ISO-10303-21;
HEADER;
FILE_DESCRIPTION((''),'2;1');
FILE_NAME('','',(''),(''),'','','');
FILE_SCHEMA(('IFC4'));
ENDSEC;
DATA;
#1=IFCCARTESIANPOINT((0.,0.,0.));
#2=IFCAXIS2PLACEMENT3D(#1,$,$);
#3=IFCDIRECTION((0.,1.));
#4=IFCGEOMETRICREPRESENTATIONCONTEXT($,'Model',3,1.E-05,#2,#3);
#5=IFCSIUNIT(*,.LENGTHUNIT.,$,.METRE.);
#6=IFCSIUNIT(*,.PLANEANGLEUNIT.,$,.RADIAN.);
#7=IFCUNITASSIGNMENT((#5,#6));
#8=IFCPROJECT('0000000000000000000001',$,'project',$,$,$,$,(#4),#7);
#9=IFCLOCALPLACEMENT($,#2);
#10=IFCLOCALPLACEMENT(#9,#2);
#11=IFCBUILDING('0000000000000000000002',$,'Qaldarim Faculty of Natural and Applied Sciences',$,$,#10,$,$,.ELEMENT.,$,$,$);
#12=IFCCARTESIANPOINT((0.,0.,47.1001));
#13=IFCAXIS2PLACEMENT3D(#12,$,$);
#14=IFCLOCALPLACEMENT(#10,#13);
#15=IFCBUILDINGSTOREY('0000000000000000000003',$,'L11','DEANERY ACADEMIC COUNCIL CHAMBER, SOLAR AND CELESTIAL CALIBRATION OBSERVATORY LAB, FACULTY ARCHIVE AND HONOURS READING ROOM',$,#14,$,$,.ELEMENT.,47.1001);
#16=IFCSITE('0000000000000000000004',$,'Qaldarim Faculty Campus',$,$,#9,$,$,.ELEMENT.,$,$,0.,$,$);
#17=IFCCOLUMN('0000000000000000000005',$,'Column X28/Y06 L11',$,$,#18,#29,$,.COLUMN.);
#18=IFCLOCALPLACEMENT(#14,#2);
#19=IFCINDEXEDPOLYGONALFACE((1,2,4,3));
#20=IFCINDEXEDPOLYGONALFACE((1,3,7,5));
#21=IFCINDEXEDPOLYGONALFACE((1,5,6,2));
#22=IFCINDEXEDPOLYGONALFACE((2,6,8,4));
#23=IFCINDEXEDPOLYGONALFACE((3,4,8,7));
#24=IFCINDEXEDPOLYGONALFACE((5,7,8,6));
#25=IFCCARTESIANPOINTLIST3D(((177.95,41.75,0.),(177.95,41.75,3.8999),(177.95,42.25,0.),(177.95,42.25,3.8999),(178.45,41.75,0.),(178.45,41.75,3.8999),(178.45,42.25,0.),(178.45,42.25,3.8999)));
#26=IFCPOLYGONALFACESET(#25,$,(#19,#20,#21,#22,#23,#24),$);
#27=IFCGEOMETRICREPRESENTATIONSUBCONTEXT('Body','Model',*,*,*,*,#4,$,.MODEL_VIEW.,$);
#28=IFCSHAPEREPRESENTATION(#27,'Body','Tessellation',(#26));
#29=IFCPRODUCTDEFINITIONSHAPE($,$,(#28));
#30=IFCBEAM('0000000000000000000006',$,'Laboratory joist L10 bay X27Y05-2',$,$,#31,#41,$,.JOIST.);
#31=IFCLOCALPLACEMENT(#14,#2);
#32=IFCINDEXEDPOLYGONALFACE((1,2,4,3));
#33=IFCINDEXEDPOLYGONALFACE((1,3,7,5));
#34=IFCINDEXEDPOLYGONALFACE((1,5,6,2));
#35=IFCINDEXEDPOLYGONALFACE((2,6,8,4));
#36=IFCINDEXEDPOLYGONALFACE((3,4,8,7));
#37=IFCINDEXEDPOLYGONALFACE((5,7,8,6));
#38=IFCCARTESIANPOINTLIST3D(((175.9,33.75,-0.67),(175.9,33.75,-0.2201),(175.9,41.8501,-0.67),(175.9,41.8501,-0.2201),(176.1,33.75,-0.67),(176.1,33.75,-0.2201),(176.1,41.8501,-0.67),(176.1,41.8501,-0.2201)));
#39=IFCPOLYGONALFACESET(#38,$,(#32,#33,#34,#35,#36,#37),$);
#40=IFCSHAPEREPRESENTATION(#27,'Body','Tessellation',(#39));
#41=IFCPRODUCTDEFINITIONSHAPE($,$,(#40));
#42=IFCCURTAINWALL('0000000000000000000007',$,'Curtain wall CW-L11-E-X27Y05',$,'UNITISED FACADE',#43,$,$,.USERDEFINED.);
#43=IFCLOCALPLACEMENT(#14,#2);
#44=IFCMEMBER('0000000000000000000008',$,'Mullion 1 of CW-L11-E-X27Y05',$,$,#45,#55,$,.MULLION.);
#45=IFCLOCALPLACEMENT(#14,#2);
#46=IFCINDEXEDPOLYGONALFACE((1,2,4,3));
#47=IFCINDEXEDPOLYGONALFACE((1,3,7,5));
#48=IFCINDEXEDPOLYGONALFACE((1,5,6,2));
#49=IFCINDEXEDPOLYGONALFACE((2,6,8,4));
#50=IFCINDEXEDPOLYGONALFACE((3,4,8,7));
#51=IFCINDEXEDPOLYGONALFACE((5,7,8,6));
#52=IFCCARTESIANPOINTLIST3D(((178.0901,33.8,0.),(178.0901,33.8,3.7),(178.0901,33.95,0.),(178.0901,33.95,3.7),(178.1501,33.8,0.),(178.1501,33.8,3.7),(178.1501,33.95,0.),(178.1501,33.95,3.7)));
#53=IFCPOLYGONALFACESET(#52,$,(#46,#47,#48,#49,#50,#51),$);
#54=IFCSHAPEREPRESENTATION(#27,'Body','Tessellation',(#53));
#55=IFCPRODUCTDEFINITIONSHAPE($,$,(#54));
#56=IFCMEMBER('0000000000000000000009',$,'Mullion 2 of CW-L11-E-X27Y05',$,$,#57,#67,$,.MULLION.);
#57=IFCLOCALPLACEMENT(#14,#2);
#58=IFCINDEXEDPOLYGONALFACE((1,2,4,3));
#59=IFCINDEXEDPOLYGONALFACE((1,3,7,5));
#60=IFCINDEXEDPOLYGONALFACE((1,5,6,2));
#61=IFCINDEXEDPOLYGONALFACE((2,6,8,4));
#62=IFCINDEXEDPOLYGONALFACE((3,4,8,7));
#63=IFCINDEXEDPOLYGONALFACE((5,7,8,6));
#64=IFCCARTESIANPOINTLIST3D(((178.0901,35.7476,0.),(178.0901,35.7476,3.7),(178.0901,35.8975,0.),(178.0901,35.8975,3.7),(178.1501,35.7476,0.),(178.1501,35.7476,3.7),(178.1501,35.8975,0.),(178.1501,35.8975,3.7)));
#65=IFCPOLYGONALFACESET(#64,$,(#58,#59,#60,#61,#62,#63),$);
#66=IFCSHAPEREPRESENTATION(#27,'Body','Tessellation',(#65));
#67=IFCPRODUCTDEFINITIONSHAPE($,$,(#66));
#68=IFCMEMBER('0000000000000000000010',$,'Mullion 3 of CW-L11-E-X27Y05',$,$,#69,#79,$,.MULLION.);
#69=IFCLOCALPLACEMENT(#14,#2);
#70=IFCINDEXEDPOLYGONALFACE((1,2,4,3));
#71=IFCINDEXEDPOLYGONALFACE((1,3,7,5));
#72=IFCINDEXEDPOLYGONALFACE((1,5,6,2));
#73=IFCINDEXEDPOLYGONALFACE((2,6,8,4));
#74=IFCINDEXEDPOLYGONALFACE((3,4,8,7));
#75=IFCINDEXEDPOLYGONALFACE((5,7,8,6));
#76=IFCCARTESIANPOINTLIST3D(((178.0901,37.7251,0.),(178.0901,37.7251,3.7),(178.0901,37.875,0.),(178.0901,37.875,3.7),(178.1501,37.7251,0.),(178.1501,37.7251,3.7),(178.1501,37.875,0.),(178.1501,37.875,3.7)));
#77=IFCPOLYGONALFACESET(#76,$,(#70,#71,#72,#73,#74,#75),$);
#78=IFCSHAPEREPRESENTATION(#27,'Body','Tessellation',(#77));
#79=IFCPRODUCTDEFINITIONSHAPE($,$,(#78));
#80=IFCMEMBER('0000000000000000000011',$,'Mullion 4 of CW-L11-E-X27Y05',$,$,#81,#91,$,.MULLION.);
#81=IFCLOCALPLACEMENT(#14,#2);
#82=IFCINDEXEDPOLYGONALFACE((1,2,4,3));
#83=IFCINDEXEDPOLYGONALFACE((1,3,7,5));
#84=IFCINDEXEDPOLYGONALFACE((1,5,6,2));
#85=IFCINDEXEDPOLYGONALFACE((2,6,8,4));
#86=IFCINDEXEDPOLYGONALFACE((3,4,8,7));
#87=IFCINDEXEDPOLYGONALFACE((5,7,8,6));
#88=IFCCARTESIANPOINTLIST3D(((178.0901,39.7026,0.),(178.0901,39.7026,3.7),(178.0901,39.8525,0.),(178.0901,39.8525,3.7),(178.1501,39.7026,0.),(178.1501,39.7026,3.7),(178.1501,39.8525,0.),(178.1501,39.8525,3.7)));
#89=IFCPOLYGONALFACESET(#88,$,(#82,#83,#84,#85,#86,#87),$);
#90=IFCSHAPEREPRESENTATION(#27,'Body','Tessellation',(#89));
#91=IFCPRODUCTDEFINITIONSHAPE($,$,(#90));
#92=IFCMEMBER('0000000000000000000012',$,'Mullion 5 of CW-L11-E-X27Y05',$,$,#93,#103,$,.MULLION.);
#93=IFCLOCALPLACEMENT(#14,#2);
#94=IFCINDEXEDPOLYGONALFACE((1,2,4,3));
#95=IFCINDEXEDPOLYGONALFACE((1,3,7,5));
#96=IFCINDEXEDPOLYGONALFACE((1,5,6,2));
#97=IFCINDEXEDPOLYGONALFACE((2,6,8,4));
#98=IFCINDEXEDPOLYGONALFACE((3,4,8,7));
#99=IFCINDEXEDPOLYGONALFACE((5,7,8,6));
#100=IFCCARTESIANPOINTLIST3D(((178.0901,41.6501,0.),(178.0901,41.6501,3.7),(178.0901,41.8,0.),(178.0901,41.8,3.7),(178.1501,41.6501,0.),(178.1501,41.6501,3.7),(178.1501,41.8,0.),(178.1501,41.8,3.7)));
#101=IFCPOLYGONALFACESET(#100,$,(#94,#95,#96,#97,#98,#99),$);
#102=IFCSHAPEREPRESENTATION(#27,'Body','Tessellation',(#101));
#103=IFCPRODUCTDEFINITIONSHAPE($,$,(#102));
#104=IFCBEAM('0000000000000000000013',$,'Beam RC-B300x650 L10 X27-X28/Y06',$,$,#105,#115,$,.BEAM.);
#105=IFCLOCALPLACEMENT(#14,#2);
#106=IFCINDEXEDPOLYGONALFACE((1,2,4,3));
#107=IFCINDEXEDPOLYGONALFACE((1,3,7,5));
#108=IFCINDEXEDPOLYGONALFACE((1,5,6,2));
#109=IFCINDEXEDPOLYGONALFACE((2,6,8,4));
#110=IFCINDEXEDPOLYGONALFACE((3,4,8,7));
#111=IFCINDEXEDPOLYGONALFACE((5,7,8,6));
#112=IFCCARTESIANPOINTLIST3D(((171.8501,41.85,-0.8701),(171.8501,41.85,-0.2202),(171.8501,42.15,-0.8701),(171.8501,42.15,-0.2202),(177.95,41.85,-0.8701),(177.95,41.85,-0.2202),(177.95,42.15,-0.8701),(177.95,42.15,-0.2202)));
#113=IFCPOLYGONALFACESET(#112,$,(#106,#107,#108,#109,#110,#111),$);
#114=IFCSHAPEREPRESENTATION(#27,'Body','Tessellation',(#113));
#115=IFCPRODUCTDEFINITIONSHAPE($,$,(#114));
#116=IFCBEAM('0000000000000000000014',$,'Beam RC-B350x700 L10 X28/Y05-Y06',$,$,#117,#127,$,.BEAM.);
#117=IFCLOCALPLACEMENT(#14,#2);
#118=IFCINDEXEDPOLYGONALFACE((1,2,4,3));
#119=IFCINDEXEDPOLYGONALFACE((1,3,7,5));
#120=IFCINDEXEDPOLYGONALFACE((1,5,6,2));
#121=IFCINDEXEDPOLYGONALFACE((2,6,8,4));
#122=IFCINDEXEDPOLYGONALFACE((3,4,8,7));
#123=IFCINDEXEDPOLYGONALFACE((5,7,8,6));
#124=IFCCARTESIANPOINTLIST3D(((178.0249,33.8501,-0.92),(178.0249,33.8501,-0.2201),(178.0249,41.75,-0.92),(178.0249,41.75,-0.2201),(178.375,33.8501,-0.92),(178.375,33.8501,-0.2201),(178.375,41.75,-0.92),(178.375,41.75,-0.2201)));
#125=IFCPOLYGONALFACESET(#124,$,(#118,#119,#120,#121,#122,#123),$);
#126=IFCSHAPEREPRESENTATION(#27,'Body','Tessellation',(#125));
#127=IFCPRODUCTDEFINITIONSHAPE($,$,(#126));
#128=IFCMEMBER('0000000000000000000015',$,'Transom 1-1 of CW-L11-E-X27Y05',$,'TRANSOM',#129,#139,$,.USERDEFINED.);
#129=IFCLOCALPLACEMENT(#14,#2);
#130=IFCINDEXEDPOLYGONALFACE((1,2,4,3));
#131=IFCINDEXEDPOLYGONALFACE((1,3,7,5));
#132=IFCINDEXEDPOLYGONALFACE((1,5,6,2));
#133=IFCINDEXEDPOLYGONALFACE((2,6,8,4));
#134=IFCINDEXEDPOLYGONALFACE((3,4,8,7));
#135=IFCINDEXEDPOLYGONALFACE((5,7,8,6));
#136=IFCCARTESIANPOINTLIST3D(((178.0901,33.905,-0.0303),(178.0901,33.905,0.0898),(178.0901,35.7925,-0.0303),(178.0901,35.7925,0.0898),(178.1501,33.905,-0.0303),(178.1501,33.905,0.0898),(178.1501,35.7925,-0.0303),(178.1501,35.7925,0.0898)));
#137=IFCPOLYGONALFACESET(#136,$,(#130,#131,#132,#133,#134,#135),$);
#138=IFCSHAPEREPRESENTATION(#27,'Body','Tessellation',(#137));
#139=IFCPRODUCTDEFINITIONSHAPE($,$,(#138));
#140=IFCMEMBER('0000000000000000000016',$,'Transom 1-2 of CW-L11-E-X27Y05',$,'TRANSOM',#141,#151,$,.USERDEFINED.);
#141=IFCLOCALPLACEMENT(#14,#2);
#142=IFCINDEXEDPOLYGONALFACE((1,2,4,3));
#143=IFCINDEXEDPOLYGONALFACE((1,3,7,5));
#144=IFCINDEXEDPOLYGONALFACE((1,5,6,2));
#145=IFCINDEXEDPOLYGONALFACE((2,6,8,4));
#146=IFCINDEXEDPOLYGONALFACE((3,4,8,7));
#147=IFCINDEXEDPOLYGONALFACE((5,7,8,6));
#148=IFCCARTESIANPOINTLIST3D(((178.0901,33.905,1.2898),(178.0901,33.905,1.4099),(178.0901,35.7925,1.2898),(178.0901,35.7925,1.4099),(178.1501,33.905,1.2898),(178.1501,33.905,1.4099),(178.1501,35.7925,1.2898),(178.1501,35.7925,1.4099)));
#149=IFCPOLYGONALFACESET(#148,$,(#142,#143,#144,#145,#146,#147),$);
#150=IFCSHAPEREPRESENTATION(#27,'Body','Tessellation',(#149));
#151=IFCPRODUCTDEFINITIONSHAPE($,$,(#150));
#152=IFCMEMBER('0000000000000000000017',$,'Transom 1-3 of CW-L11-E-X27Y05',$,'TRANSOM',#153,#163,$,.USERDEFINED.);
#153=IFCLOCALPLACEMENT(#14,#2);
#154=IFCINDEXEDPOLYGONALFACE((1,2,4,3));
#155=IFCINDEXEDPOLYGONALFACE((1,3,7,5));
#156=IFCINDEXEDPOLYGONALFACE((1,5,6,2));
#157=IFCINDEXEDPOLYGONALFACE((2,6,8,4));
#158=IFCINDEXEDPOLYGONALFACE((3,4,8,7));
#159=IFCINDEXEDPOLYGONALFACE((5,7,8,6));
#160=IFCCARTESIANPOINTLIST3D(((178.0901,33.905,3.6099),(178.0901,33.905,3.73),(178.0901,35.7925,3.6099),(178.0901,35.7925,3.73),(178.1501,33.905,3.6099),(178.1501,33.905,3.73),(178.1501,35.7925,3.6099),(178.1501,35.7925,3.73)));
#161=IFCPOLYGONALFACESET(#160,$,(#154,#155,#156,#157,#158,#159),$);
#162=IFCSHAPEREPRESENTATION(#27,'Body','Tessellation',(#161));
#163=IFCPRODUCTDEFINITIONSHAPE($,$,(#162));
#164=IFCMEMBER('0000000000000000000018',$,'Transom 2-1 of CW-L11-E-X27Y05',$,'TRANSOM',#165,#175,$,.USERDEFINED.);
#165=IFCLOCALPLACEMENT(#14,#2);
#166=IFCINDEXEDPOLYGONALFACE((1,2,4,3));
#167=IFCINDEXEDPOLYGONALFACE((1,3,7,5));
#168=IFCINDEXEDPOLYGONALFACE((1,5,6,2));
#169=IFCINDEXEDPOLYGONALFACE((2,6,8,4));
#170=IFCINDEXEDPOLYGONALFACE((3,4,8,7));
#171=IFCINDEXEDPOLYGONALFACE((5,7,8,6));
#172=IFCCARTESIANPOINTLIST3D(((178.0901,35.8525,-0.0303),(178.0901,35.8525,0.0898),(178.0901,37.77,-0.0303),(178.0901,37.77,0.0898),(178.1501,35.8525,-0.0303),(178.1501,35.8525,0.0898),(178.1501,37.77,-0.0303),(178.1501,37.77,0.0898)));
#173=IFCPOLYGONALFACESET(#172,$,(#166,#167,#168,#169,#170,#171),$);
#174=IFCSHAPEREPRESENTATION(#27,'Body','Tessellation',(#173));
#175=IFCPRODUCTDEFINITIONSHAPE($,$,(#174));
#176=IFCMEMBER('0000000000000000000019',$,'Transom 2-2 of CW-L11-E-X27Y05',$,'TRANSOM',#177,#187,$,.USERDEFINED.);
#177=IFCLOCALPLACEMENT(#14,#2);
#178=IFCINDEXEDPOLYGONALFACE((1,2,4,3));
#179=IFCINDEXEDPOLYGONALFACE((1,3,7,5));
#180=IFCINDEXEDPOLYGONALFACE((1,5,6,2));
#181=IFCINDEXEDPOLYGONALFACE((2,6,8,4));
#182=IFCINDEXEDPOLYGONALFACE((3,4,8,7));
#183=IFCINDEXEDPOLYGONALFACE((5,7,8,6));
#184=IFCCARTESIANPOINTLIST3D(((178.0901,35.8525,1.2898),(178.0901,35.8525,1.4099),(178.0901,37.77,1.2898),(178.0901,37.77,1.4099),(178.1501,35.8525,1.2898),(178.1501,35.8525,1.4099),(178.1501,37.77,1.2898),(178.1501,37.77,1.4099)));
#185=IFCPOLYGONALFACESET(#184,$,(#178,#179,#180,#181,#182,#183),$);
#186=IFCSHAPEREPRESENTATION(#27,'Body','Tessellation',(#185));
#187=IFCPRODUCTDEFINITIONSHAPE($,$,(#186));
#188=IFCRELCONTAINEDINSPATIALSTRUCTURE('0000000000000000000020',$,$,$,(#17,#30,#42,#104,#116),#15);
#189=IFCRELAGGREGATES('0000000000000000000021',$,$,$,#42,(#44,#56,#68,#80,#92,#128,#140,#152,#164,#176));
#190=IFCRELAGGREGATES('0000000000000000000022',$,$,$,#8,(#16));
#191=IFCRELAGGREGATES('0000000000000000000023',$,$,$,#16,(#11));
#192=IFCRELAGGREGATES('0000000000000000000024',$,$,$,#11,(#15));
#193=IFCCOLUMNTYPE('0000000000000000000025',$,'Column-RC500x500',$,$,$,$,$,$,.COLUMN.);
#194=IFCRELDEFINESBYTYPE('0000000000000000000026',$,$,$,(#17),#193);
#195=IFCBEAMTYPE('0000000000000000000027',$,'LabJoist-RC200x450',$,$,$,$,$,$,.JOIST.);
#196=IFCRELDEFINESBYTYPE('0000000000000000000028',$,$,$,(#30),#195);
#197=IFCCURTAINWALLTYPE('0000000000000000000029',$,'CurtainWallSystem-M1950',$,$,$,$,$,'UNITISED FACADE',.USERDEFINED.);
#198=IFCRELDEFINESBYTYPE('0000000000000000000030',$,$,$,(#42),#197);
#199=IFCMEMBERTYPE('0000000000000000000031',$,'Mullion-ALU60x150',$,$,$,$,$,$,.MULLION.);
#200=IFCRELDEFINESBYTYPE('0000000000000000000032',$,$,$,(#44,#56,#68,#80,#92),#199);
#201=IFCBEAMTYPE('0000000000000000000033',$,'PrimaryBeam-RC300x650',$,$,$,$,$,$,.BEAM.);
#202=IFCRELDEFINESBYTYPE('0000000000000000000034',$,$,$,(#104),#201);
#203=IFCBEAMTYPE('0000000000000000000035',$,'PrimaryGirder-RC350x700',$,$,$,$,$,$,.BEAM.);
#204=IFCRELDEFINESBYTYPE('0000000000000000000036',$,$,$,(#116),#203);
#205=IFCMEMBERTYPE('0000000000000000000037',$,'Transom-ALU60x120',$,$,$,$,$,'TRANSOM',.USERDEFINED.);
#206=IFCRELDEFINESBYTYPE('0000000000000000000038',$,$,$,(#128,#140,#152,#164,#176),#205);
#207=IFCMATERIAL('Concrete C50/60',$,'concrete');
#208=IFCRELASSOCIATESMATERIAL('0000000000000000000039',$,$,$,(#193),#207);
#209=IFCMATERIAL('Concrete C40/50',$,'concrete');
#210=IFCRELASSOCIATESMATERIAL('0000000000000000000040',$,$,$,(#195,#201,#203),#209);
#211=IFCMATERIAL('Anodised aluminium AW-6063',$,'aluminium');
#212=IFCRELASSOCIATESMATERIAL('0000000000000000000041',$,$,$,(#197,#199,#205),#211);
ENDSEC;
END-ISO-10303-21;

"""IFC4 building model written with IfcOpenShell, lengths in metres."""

from ifc_helpers import new_model, si_unit, direction, frame, origin, origin_2d, place, context, subcontext, project, spatial, rectangle, extrude, material, material_profile, profile_set, type_object, element, aggregate, save


model = new_model("IFC4")

# Units and contexts
model_context = context("Model", 3, precision=1e-05, world=origin(), true_north=direction((0.0, 1.0)))
body_context = subcontext(model_context, "Body", "Model", "MODEL_VIEW")
ifc_project = project(units=[si_unit("LENGTHUNIT", "METRE"), si_unit("PLANEANGLEUNIT", "RADIAN")], contexts=[model_context])

# Site, building, storey
site_placement = place(None, origin())
site = spatial("IfcSite", under=ifc_project, at=site_placement, Name="Qaldarim Faculty Campus", CompositionType="ELEMENT", RefElevation=0.0)
building_placement = place(site_placement, origin())
building = spatial("IfcBuilding", under=site, at=building_placement, Name="Qaldarim Faculty of Natural and Applied Sciences", CompositionType="ELEMENT")
storey_placement = place(building_placement, frame((0.0, 0.0, 47.1001)))
storey = spatial("IfcBuildingStorey", under=building, at=storey_placement, Name="L11", Description="DEANERY ACADEMIC COUNCIL CHAMBER, SOLAR AND CELESTIAL CALIBRATION OBSERVATORY LAB, FACULTY ARCHIVE AND HONOURS READING ROOM", CompositionType="ELEMENT", Elevation=47.1001)

# Column
ifc_material_1 = material(Name="Concrete C50/60", Category="concrete")
ifc_material_profile_1 = material_profile(ifc_material_1, rectangle(XDim=0.5, YDim=0.5, at=origin_2d()), Name="RC-C500x500")
ifc_profile_set_1 = profile_set([ifc_material_profile_1], Name="Concrete C50/60")
column_type = type_object("IfcColumnType", Name="Column-RC500x500", PredefinedType="COLUMN", material=ifc_profile_set_1)
column_placement = place(storey_placement, frame((178.2, 42.0, 0.0), z_axis=(0.0, 0.0, 1.0), x_axis=(1.0, 0.0, 0.0)))
element("IfcColumn", 1, at=column_placement, inside=storey, type_object=column_type, Name="Column X28/Y06 L11", PredefinedType="COLUMN", context=body_context, shape_type="SweptSolid", body=[
    extrude(rectangle(XDim=0.5, YDim=0.5, at=origin_2d()), origin(), (0.0, 0.0, 1.0), 3.8999),
])

# Beam
ifc_material_2 = material(Name="Concrete C40/50", Category="concrete")
ifc_material_profile_2 = material_profile(ifc_material_2, rectangle(XDim=0.2, YDim=0.45, at=origin_2d()), Name="RC-J200x450")
ifc_profile_set_2 = profile_set([ifc_material_profile_2], Name="Concrete C40/50")
beam_type_1 = type_object("IfcBeamType", Name="LabJoist-RC200x450", PredefinedType="JOIST", material=ifc_profile_set_2)
beam_1_placement = place(storey_placement, frame((176.0, 33.75, -0.4451), z_axis=(0.0, 1.0, 0.0), x_axis=(-1.0, 0.0, 0.0)))
element("IfcBeam", 2, at=beam_1_placement, inside=storey, type_object=beam_type_1, Name="Laboratory joist L10 bay X27Y05-2", PredefinedType="JOIST", context=body_context, shape_type="SweptSolid", body=[
    extrude(rectangle(XDim=0.2, YDim=0.45, at=origin_2d()), origin(), (0.0, 0.0, 1.0), 8.1001),
])

# Curtain wall, members
ifc_material_3 = material(Name="Anodised aluminium AW-6063", Category="aluminium")
curtain_wall_type = type_object("IfcCurtainWallType", Name="CurtainWallSystem-M1950", ElementType="UNITISED FACADE", PredefinedType="USERDEFINED", material=ifc_material_3)
curtain_wall_placement = place(storey_placement, origin())
curtain_wall = element("IfcCurtainWall", 3, at=curtain_wall_placement, inside=storey, type_object=curtain_wall_type, Name="Curtain wall CW-L11-E-X27Y05", ObjectType="UNITISED FACADE", PredefinedType="USERDEFINED")
ifc_material_profile_3 = material_profile(ifc_material_3, rectangle(XDim=0.0601, YDim=0.1499, at=origin_2d()), Name="ALU-M60x150")
ifc_profile_set_3 = profile_set([ifc_material_profile_3], Name="Anodised aluminium AW-6063")
member_type_1 = type_object("IfcMemberType", Name="Mullion-ALU60x150", PredefinedType="MULLION", material=ifc_profile_set_3)
member_1_placement = place(storey_placement, frame((178.1201, 33.875, 0.0), z_axis=(0.0, 0.0, 1.0), x_axis=(-1.0, 0.0, 0.0)))
member_1 = element("IfcMember", 4, at=member_1_placement, type_object=member_type_1, Name="Mullion 1 of CW-L11-E-X27Y05", PredefinedType="MULLION", context=body_context, shape_type="SweptSolid", body=[
    extrude(rectangle(XDim=0.0601, YDim=0.1499, at=origin_2d()), origin(), (0.0, 0.0, 1.0), 3.7),
])
member_2_placement = place(storey_placement, frame((178.1201, 35.8225, 0.0), z_axis=(0.0, 0.0, 1.0), x_axis=(-1.0, 0.0, 0.0)))
member_2 = element("IfcMember", 5, at=member_2_placement, type_object=member_type_1, Name="Mullion 2 of CW-L11-E-X27Y05", PredefinedType="MULLION", context=body_context, shape_type="SweptSolid", body=[
    extrude(rectangle(XDim=0.0601, YDim=0.1499, at=origin_2d()), origin(), (0.0, 0.0, 1.0), 3.7),
])
member_3_placement = place(storey_placement, frame((178.1201, 37.8, 0.0), z_axis=(0.0, 0.0, 1.0), x_axis=(-1.0, 0.0, 0.0)))
member_3 = element("IfcMember", 6, at=member_3_placement, type_object=member_type_1, Name="Mullion 3 of CW-L11-E-X27Y05", PredefinedType="MULLION", context=body_context, shape_type="SweptSolid", body=[
    extrude(rectangle(XDim=0.0601, YDim=0.1499, at=origin_2d()), origin(), (0.0, 0.0, 1.0), 3.7),
])
member_4_placement = place(storey_placement, frame((178.1201, 39.7776, 0.0), z_axis=(0.0, 0.0, 1.0), x_axis=(-1.0, 0.0, 0.0)))
member_4 = element("IfcMember", 7, at=member_4_placement, type_object=member_type_1, Name="Mullion 4 of CW-L11-E-X27Y05", PredefinedType="MULLION", context=body_context, shape_type="SweptSolid", body=[
    extrude(rectangle(XDim=0.0601, YDim=0.1499, at=origin_2d()), origin(), (0.0, 0.0, 1.0), 3.7),
])
member_5_placement = place(storey_placement, frame((178.1201, 41.7251, 0.0), z_axis=(0.0, 0.0, 1.0), x_axis=(-1.0, 0.0, 0.0)))
member_5 = element("IfcMember", 8, at=member_5_placement, type_object=member_type_1, Name="Mullion 5 of CW-L11-E-X27Y05", PredefinedType="MULLION", context=body_context, shape_type="SweptSolid", body=[
    extrude(rectangle(XDim=0.0601, YDim=0.1499, at=origin_2d()), origin(), (0.0, 0.0, 1.0), 3.7),
])

# Beams
ifc_material_profile_4 = material_profile(ifc_material_2, rectangle(XDim=0.3, YDim=0.6499, at=origin_2d()), Name="RC-B300x650")
ifc_profile_set_4 = profile_set([ifc_material_profile_4], Name="Concrete C40/50")
beam_type_2 = type_object("IfcBeamType", Name="PrimaryBeam-RC300x650", PredefinedType="BEAM", material=ifc_profile_set_4)
beam_2_placement = place(storey_placement, frame((171.8501, 42.0, -0.5452), z_axis=(1.0, 0.0, 0.0), x_axis=(0.0, 1.0, 0.0)))
element("IfcBeam", 9, at=beam_2_placement, inside=storey, type_object=beam_type_2, Name="Beam RC-B300x650 L10 X27-X28/Y06", PredefinedType="BEAM", context=body_context, shape_type="SweptSolid", body=[
    extrude(rectangle(XDim=0.3, YDim=0.6499, at=origin_2d()), origin(), (0.0, 0.0, 1.0), 6.0999),
])
ifc_material_profile_5 = material_profile(ifc_material_2, rectangle(XDim=0.3501, YDim=0.7, at=origin_2d()), Name="RC-B350x700")
ifc_profile_set_5 = profile_set([ifc_material_profile_5], Name="Concrete C40/50")
beam_type_3 = type_object("IfcBeamType", Name="PrimaryGirder-RC350x700", PredefinedType="BEAM", material=ifc_profile_set_5)
beam_3_placement = place(storey_placement, frame((178.2, 33.8501, -0.5701), z_axis=(0.0, 1.0, 0.0), x_axis=(-1.0, 0.0, 0.0)))
element("IfcBeam", 10, at=beam_3_placement, inside=storey, type_object=beam_type_3, Name="Beam RC-B350x700 L10 X28/Y05-Y06", PredefinedType="BEAM", context=body_context, shape_type="SweptSolid", body=[
    extrude(rectangle(XDim=0.3501, YDim=0.7, at=origin_2d()), origin(), (0.0, 0.0, 1.0), 7.8999),
])

# Members
ifc_material_profile_6 = material_profile(ifc_material_3, rectangle(XDim=0.0601, YDim=0.1201, at=origin_2d()), Name="ALU-T60x120")
ifc_profile_set_6 = profile_set([ifc_material_profile_6], Name="Anodised aluminium AW-6063")
member_type_2 = type_object("IfcMemberType", Name="Transom-ALU60x120", ElementType="TRANSOM", PredefinedType="USERDEFINED", material=ifc_profile_set_6)
member_6_placement = place(storey_placement, frame((178.1201, 33.905, 0.0298), z_axis=(0.0, 1.0, 0.0), x_axis=(-1.0, 0.0, 0.0)))
member_6 = element("IfcMember", 11, at=member_6_placement, type_object=member_type_2, Name="Transom 1-1 of CW-L11-E-X27Y05", ObjectType="TRANSOM", PredefinedType="USERDEFINED", context=body_context, shape_type="SweptSolid", body=[
    extrude(rectangle(XDim=0.0601, YDim=0.1201, at=origin_2d()), origin(), (0.0, 0.0, 1.0), 1.8875),
])
member_7_placement = place(storey_placement, frame((178.1201, 33.905, 1.3499), z_axis=(0.0, 1.0, 0.0), x_axis=(-1.0, 0.0, 0.0)))
member_7 = element("IfcMember", 12, at=member_7_placement, type_object=member_type_2, Name="Transom 1-2 of CW-L11-E-X27Y05", ObjectType="TRANSOM", PredefinedType="USERDEFINED", context=body_context, shape_type="SweptSolid", body=[
    extrude(rectangle(XDim=0.0601, YDim=0.1201, at=origin_2d()), origin(), (0.0, 0.0, 1.0), 1.8875),
])
member_8_placement = place(storey_placement, frame((178.1201, 33.905, 3.6699), z_axis=(0.0, 1.0, 0.0), x_axis=(-1.0, 0.0, 0.0)))
member_8 = element("IfcMember", 13, at=member_8_placement, type_object=member_type_2, Name="Transom 1-3 of CW-L11-E-X27Y05", ObjectType="TRANSOM", PredefinedType="USERDEFINED", context=body_context, shape_type="SweptSolid", body=[
    extrude(rectangle(XDim=0.0601, YDim=0.1201, at=origin_2d()), origin(), (0.0, 0.0, 1.0), 1.8875),
])
member_9_placement = place(storey_placement, frame((178.1201, 35.8525, 0.0298), z_axis=(0.0, 1.0, 0.0), x_axis=(-1.0, 0.0, 0.0)))
member_9 = element("IfcMember", 14, at=member_9_placement, type_object=member_type_2, Name="Transom 2-1 of CW-L11-E-X27Y05", ObjectType="TRANSOM", PredefinedType="USERDEFINED", context=body_context, shape_type="SweptSolid", body=[
    extrude(rectangle(XDim=0.0601, YDim=0.1201, at=origin_2d()), origin(), (0.0, 0.0, 1.0), 1.9175),
])
member_10_placement = place(storey_placement, frame((178.1201, 35.8525, 1.3499), z_axis=(0.0, 1.0, 0.0), x_axis=(-1.0, 0.0, 0.0)))
member_10 = element("IfcMember", 15, at=member_10_placement, type_object=member_type_2, Name="Transom 2-2 of CW-L11-E-X27Y05", ObjectType="TRANSOM", PredefinedType="USERDEFINED", context=body_context, shape_type="SweptSolid", body=[
    extrude(rectangle(XDim=0.0601, YDim=0.1201, at=origin_2d()), origin(), (0.0, 0.0, 1.0), 1.9175),
])

aggregate(curtain_wall, [member_1, member_2, member_3, member_4, member_5, member_6, member_7, member_8, member_9, member_10])

save(model, "model.ifc")
